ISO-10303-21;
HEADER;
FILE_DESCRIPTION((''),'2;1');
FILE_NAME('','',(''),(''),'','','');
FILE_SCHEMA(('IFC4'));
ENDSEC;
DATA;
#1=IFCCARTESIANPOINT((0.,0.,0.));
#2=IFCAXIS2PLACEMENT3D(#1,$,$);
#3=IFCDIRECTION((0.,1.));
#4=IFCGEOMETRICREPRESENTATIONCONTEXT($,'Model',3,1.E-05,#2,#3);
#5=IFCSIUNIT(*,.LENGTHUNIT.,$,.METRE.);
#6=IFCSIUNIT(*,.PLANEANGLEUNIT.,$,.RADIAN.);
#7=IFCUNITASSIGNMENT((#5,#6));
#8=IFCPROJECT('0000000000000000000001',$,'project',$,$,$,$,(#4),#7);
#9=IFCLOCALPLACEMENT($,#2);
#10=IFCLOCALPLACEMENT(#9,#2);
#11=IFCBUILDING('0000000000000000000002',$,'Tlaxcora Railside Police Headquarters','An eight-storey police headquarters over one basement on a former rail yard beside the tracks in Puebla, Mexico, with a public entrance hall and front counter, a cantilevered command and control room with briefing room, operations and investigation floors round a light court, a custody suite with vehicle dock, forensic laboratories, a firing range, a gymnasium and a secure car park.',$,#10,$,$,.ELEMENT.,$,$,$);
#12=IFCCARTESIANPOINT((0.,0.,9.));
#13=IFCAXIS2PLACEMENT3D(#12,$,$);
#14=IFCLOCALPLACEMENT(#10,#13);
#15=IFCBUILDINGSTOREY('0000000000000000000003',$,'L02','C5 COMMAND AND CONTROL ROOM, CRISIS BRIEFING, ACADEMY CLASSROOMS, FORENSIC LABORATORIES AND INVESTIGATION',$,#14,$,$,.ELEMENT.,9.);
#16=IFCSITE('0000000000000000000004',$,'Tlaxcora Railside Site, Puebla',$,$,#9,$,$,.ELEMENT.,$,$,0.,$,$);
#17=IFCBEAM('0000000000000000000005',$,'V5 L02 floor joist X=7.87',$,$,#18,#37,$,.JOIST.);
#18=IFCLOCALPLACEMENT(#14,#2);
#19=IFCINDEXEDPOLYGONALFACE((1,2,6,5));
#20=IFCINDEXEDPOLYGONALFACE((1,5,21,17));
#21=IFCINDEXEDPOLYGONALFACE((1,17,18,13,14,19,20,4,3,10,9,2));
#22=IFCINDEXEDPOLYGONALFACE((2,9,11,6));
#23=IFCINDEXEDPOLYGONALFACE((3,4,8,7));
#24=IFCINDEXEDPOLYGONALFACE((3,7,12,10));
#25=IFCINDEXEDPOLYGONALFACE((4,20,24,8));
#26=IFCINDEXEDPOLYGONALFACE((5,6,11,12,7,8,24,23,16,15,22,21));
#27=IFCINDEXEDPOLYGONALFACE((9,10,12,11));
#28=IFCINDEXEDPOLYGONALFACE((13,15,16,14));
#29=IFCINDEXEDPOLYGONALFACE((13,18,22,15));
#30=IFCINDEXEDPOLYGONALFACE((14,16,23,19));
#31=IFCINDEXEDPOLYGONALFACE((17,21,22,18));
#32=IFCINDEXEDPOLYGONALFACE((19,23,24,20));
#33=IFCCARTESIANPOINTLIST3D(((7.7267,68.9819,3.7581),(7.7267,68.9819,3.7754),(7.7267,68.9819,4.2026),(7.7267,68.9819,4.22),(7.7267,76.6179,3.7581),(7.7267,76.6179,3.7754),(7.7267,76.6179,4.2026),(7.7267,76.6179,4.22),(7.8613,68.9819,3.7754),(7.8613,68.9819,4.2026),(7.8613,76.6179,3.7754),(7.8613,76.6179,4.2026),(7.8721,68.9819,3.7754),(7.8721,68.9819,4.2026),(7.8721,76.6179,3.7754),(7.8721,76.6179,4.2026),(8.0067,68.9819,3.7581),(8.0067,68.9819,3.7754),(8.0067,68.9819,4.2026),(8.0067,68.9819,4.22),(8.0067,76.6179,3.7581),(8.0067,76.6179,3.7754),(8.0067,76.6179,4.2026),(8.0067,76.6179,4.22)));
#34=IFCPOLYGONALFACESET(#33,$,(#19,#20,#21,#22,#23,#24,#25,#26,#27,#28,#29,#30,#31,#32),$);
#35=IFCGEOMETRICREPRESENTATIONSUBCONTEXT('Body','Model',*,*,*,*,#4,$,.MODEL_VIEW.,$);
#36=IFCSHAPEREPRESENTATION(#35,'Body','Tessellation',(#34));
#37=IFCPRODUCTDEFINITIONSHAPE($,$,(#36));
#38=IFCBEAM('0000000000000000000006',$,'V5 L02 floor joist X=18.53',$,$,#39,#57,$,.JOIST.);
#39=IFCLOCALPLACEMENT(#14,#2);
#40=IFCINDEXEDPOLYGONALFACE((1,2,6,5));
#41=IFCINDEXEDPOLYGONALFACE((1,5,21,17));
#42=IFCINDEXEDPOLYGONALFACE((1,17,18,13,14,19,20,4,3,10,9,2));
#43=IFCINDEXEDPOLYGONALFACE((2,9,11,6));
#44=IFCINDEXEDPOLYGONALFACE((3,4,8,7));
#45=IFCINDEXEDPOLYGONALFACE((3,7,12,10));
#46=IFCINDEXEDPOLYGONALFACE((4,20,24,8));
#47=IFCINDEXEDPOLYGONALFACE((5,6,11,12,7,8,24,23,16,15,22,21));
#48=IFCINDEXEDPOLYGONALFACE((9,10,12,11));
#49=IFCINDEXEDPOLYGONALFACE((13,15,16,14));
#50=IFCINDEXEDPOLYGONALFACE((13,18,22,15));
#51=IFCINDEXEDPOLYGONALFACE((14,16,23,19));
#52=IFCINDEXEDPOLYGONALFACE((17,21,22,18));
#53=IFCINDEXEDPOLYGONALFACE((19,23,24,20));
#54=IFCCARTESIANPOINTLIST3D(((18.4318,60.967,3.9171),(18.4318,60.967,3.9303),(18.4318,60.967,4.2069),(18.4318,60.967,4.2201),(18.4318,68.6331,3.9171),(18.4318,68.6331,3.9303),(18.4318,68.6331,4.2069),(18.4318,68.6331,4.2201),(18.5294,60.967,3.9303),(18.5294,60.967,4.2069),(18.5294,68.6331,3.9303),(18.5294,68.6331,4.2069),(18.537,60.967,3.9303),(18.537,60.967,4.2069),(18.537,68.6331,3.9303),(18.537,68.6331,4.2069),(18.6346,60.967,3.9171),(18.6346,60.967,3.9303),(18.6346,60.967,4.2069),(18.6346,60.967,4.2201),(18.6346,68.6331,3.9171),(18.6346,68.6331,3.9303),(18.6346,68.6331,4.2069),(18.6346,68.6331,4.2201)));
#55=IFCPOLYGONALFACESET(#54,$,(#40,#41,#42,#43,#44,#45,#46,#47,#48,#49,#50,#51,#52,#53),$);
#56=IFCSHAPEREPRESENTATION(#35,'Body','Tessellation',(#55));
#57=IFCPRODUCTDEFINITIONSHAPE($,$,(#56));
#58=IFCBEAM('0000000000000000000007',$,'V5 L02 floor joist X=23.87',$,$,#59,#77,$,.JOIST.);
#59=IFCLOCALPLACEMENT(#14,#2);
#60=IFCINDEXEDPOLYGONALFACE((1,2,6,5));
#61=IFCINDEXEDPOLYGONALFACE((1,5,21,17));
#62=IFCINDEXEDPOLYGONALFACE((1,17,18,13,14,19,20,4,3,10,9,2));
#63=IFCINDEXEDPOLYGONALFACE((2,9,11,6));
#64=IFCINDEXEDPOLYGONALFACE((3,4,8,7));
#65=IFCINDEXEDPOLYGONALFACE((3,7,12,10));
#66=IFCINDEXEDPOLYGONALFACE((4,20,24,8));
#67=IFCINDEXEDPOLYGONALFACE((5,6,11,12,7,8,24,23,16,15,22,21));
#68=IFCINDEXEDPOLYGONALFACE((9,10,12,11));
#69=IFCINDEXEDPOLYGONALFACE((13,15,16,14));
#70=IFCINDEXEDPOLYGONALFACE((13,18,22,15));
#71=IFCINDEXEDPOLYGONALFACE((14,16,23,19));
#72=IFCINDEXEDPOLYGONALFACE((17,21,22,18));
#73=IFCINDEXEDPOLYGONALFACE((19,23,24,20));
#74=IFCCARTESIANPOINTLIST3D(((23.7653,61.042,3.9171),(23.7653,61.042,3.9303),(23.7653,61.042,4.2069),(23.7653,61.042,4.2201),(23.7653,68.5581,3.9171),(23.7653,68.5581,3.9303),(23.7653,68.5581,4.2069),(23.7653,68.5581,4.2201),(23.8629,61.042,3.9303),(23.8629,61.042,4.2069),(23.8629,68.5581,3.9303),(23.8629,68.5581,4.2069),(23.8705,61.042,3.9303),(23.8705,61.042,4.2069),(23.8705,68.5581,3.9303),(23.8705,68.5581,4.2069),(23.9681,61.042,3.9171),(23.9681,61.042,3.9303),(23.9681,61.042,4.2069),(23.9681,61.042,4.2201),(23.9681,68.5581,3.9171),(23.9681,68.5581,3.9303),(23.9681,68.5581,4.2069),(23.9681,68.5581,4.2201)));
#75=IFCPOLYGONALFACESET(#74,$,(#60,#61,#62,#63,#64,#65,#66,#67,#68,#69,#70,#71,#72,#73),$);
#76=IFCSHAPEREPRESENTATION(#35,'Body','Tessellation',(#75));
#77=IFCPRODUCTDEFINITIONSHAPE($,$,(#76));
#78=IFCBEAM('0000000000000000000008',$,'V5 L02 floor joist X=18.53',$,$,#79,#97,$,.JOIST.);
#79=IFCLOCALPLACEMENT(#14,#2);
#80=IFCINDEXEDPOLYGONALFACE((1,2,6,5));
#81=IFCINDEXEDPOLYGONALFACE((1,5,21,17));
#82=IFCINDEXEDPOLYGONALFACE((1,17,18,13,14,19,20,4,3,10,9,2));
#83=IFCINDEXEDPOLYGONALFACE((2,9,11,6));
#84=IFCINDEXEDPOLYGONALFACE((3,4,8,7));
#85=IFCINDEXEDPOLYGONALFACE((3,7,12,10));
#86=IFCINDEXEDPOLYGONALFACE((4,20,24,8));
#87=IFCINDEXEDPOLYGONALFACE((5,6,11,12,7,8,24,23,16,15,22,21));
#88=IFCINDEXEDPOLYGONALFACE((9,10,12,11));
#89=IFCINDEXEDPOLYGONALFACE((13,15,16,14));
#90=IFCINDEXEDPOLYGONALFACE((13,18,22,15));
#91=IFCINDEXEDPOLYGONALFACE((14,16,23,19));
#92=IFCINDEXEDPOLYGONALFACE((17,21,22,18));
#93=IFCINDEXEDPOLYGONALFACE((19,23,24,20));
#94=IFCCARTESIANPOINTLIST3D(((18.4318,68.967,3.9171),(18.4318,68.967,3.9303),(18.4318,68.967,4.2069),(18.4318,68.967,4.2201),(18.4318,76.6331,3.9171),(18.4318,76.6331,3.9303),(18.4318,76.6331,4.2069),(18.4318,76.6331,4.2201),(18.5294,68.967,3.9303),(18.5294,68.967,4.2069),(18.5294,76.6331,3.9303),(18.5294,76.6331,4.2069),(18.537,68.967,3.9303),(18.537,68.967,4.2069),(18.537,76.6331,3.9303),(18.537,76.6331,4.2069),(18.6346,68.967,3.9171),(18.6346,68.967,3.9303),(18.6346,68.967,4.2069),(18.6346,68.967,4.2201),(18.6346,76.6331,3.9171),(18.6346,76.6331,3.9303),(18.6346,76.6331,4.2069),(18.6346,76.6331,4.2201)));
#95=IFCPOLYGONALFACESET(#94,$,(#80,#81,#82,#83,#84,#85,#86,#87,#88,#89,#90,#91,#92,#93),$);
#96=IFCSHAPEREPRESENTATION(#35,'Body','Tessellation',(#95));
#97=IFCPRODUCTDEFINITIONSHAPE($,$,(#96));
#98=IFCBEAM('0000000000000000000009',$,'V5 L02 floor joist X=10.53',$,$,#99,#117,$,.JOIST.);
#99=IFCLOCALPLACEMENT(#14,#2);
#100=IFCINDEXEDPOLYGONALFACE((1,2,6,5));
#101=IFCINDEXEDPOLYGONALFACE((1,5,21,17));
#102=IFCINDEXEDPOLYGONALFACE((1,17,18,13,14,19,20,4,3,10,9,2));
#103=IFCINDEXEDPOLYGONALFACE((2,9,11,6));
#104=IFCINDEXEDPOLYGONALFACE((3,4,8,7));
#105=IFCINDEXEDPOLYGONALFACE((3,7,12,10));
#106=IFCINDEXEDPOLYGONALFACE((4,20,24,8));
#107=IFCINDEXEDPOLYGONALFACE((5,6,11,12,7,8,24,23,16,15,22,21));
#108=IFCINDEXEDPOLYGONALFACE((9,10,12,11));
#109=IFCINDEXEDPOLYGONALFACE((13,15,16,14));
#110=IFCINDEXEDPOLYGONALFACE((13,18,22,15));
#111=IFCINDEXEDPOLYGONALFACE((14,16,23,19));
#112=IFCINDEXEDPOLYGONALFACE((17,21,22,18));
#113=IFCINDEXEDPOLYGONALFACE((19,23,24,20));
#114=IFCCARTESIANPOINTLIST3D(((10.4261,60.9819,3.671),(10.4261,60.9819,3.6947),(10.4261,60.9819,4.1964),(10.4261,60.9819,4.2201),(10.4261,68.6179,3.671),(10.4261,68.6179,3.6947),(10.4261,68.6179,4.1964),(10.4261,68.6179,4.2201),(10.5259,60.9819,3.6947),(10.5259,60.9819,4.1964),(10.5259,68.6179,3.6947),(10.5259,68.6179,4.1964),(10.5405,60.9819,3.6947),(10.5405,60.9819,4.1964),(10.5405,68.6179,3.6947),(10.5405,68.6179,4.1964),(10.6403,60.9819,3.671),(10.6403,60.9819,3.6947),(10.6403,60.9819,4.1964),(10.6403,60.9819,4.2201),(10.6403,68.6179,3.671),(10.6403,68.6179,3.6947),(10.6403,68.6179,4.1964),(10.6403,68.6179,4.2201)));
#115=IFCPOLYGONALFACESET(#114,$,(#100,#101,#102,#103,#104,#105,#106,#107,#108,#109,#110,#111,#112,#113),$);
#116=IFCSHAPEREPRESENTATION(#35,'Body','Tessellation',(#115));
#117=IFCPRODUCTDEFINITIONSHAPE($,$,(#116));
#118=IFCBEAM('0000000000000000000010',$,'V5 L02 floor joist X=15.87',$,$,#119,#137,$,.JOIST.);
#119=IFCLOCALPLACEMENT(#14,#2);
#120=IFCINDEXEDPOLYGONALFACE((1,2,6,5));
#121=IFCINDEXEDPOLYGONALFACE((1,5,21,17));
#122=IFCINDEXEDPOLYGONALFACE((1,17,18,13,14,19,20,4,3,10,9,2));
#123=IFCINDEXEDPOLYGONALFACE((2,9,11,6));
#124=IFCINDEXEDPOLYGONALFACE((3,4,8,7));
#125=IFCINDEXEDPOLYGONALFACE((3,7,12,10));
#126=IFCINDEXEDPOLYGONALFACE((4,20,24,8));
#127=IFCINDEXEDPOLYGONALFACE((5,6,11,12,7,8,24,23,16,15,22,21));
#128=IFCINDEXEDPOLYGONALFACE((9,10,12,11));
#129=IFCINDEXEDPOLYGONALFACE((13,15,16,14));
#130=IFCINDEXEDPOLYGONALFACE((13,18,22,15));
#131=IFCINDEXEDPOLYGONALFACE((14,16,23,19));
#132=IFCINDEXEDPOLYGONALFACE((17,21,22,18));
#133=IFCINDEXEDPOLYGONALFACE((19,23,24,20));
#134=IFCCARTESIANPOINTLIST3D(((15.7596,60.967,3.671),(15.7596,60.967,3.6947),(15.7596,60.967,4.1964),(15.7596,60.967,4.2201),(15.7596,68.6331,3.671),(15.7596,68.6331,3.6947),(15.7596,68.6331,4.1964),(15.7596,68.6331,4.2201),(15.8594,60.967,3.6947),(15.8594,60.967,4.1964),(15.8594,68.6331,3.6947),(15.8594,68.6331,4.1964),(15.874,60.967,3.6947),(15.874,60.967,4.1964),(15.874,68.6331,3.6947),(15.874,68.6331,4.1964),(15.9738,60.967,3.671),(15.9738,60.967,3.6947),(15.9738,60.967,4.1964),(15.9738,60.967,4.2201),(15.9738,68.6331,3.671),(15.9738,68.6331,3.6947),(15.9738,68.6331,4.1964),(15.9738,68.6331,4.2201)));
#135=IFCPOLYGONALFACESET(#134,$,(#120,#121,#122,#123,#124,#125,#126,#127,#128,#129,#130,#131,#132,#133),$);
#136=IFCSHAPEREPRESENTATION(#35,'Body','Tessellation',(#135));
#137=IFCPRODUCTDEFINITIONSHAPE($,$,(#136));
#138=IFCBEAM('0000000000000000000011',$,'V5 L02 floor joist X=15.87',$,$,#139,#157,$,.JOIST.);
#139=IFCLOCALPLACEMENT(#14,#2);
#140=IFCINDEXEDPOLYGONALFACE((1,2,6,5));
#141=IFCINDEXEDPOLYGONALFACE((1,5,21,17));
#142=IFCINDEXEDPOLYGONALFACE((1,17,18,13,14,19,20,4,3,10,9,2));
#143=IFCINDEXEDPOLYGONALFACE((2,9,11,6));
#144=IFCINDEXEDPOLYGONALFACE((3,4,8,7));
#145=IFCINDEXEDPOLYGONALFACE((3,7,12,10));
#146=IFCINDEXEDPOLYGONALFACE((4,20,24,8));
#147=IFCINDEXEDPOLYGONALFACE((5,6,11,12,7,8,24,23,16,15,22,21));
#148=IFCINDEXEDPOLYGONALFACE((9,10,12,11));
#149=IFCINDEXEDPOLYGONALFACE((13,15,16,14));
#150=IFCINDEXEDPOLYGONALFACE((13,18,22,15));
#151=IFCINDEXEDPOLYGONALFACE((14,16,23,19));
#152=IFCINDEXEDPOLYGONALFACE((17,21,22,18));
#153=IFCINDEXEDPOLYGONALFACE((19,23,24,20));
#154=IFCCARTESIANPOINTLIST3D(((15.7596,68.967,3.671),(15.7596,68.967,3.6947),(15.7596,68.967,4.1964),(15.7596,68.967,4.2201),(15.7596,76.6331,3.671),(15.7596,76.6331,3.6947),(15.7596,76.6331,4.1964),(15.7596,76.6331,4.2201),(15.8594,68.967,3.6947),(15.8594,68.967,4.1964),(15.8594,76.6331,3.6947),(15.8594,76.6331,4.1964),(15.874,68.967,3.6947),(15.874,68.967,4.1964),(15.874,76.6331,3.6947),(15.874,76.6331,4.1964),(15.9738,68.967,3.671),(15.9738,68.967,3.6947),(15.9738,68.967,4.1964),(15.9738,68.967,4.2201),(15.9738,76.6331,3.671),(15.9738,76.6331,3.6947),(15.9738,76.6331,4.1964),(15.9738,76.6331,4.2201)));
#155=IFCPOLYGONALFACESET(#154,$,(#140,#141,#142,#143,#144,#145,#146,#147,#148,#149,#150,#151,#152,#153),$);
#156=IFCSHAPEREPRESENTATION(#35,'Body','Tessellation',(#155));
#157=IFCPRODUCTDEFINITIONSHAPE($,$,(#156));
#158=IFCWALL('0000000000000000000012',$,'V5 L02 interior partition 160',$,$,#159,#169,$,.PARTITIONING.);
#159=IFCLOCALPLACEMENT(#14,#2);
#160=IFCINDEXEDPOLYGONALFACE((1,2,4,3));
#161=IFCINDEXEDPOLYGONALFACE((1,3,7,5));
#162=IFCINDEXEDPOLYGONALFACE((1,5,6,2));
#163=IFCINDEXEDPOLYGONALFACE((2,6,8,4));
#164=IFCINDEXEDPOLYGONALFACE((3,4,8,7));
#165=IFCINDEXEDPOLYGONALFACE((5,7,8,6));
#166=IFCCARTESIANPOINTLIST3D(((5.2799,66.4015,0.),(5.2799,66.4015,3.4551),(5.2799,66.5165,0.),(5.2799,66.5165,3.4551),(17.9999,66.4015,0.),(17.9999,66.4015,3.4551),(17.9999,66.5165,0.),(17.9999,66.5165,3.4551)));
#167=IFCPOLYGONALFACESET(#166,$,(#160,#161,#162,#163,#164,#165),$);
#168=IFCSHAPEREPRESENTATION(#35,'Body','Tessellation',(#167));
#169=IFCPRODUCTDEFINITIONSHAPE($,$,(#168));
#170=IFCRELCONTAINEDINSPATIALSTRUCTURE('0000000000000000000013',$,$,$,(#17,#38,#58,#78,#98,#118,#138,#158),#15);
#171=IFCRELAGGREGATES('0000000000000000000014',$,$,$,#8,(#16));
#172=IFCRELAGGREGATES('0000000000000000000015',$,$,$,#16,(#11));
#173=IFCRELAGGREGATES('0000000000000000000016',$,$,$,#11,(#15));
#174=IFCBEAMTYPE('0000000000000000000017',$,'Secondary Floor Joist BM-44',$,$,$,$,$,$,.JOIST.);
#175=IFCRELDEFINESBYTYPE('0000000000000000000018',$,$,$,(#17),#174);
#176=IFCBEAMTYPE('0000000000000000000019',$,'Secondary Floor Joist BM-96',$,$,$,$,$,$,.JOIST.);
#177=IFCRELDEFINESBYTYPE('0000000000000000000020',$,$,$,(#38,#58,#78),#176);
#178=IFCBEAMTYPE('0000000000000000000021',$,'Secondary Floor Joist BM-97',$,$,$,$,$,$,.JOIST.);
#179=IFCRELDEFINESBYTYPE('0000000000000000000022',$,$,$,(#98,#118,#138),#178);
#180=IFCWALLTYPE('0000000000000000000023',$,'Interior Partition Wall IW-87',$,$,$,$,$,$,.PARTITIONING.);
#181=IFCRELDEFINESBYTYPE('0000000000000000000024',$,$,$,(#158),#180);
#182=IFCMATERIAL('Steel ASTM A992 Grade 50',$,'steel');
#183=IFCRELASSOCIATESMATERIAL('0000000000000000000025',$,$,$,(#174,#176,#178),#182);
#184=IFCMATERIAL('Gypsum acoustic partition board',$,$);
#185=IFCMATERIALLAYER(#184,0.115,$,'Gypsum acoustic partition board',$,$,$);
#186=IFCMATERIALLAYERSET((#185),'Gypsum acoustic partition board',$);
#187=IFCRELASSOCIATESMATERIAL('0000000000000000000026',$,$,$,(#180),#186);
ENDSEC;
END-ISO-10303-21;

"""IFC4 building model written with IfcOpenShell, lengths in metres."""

from ifc_helpers import new_model, si_unit, direction, frame, frame_2d, origin, origin_2d, place, context, subcontext, project, spatial, rectangle, i_section, extrude, material, layer, layer_set, material_profile, profile_set, type_object, element, save


model = new_model("IFC4")

# Units and contexts
model_context = context("Model", 3, precision=1e-05, world=origin(), true_north=direction((0.0, 1.0)))
body_context = subcontext(model_context, "Body", "Model", "MODEL_VIEW")
ifc_project = project(units=[si_unit("LENGTHUNIT", "METRE"), si_unit("PLANEANGLEUNIT", "RADIAN")], contexts=[model_context])

# Site, building, storey
site_placement = place(None, origin())
site = spatial("IfcSite", under=ifc_project, at=site_placement, Name="Tlaxcora Railside Site, Puebla", CompositionType="ELEMENT", RefElevation=0.0)
building_placement = place(site_placement, origin())
building = spatial("IfcBuilding", under=site, at=building_placement, Name="Tlaxcora Railside Police Headquarters", Description="An eight-storey police headquarters over one basement on a former rail yard beside the tracks in Puebla, Mexico, with a public entrance hall and front counter, a cantilevered command and control room with briefing room, operations and investigation floors round a light court, a custody suite with vehicle dock, forensic laboratories, a firing range, a gymnasium and a secure car park.", CompositionType="ELEMENT")
storey_placement = place(building_placement, frame((0.0, 0.0, 9.0)))
storey = spatial("IfcBuildingStorey", under=building, at=storey_placement, Name="L02", Description="C5 COMMAND AND CONTROL ROOM, CRISIS BRIEFING, ACADEMY CLASSROOMS, FORENSIC LABORATORIES AND INVESTIGATION", CompositionType="ELEMENT", Elevation=9.0)

# Beams
ifc_material_1 = material(Name="Steel ASTM A992 Grade 50", Category="steel")
ifc_material_profile_1 = material_profile(ifc_material_1, i_section(OverallWidth=0.28, OverallDepth=0.4619, WebThickness=0.0107, FlangeThickness=0.0173, at=origin_2d()), Name="W18X76")
ifc_profile_set_1 = profile_set([ifc_material_profile_1], Name="Steel ASTM A992 Grade 50")
beam_type_1 = type_object("IfcBeamType", Name="Secondary Floor Joist BM-44", PredefinedType="JOIST", material=ifc_profile_set_1)
for number, where, z_axis, x_axis, name in (
    (1, (7.8667, 68.9819, 3.989), (0.0, 1.0, 0.0), (-1.0, 0.0, 0.0), "V5 L02 floor joist X=7.87"),
):
    element("IfcBeam", number, at=place(storey_placement, frame(where, z_axis=z_axis, x_axis=x_axis)), inside=storey, type_object=beam_type_1, Name=name, PredefinedType="JOIST", context=body_context, shape_type="SweptSolid", body=[
        extrude(i_section(OverallWidth=0.28, OverallDepth=0.4619, WebThickness=0.0107, FlangeThickness=0.0173, at=origin_2d()), origin(), (0.0, 0.0, 1.0), 7.636),
    ])
ifc_material_profile_2 = material_profile(ifc_material_1, i_section(OverallWidth=0.2029, OverallDepth=0.303, WebThickness=0.0076, FlangeThickness=0.0132, at=origin_2d()), Name="W12X40")
ifc_profile_set_2 = profile_set([ifc_material_profile_2], Name="Steel ASTM A992 Grade 50")
beam_type_2 = type_object("IfcBeamType", Name="Secondary Floor Joist BM-96", PredefinedType="JOIST", material=ifc_profile_set_2)
beam_1_placement = place(storey_placement, frame((18.5332, 60.967, 4.0686), z_axis=(0.0, 1.0, 0.0), x_axis=(-1.0, 0.0, 0.0)))
element("IfcBeam", 2, at=beam_1_placement, inside=storey, type_object=beam_type_2, Name="V5 L02 floor joist X=18.53", PredefinedType="JOIST", context=body_context, shape_type="SweptSolid", body=[
    extrude(i_section(OverallWidth=0.2029, OverallDepth=0.303, WebThickness=0.0076, FlangeThickness=0.0132, at=origin_2d()), origin(), (0.0, 0.0, 1.0), 7.666),
])
beam_2_placement = place(storey_placement, frame((23.8667, 61.042, 4.0686), z_axis=(0.0, 1.0, 0.0), x_axis=(-1.0, 0.0, 0.0)))
element("IfcBeam", 3, at=beam_2_placement, inside=storey, type_object=beam_type_2, Name="V5 L02 floor joist X=23.87", PredefinedType="JOIST", context=body_context, shape_type="SweptSolid", body=[
    extrude(i_section(OverallWidth=0.2029, OverallDepth=0.303, WebThickness=0.0076, FlangeThickness=0.0132, at=origin_2d()), origin(), (0.0, 0.0, 1.0), 7.5161),
])
beam_3_placement = place(storey_placement, frame((18.5332, 68.967, 4.0686), z_axis=(0.0, 1.0, 0.0), x_axis=(-1.0, 0.0, 0.0)))
element("IfcBeam", 4, at=beam_3_placement, inside=storey, type_object=beam_type_2, Name="V5 L02 floor joist X=18.53", PredefinedType="JOIST", context=body_context, shape_type="SweptSolid", body=[
    extrude(i_section(OverallWidth=0.2029, OverallDepth=0.303, WebThickness=0.0076, FlangeThickness=0.0132, at=origin_2d()), origin(), (0.0, 0.0, 1.0), 7.666),
])
ifc_material_profile_3 = material_profile(ifc_material_1, i_section(OverallWidth=0.2141, OverallDepth=0.5491, WebThickness=0.0146, FlangeThickness=0.0237, at=origin_2d()), Name="W21X93")
ifc_profile_set_3 = profile_set([ifc_material_profile_3], Name="Steel ASTM A992 Grade 50")
beam_type_3 = type_object("IfcBeamType", Name="Secondary Floor Joist BM-97", PredefinedType="JOIST", material=ifc_profile_set_3)
beam_4_placement = place(storey_placement, frame((10.5332, 60.9819, 3.9456), z_axis=(0.0, 1.0, 0.0), x_axis=(-1.0, 0.0, 0.0)))
element("IfcBeam", 5, at=beam_4_placement, inside=storey, type_object=beam_type_3, Name="V5 L02 floor joist X=10.53", PredefinedType="JOIST", context=body_context, shape_type="SweptSolid", body=[
    extrude(i_section(OverallWidth=0.2141, OverallDepth=0.5491, WebThickness=0.0146, FlangeThickness=0.0237, at=origin_2d()), origin(), (0.0, 0.0, 1.0), 7.636),
])
for number, where, z_axis, x_axis, name in (
    (6, (15.8667, 60.967, 3.9456), (0.0, 1.0, 0.0), (-1.0, 0.0, 0.0), "V5 L02 floor joist X=15.87"),
    (7, (15.8667, 68.967, 3.9456), (0.0, 1.0, 0.0), (-1.0, 0.0, 0.0), "V5 L02 floor joist X=15.87"),
):
    element("IfcBeam", number, at=place(storey_placement, frame(where, z_axis=z_axis, x_axis=x_axis)), inside=storey, type_object=beam_type_3, Name=name, PredefinedType="JOIST", context=body_context, shape_type="SweptSolid", body=[
        extrude(i_section(OverallWidth=0.2141, OverallDepth=0.5491, WebThickness=0.0146, FlangeThickness=0.0237, at=origin_2d()), origin(), (0.0, 0.0, 1.0), 7.666),
    ])

# Wall
ifc_material_2 = material(Name="Gypsum acoustic partition board")
ifc_layer = layer(ifc_material_2, 0.115, Name="Gypsum acoustic partition board")
ifc_layer_set = layer_set([ifc_layer], Name="Gypsum acoustic partition board")
wall_type = type_object("IfcWallType", Name="Interior Partition Wall IW-87", PredefinedType="PARTITIONING", material=ifc_layer_set)
wall_placement = place(storey_placement, frame((5.28, 66.459, 0.0), z_axis=(0.0, 0.0, 1.0), x_axis=(1.0, 0.0, 0.0)))
element("IfcWall", 8, at=wall_placement, inside=storey, type_object=wall_type, Name="V5 L02 interior partition 160", PredefinedType="PARTITIONING", context=body_context, shape_type="SweptSolid", body=[
    extrude(rectangle(XDim=12.72, YDim=0.115, at=frame_2d((6.3599, 0.0))), origin(), (0.0, 0.0, 1.0), 3.4551),
])

save(model, "model.ifc")
